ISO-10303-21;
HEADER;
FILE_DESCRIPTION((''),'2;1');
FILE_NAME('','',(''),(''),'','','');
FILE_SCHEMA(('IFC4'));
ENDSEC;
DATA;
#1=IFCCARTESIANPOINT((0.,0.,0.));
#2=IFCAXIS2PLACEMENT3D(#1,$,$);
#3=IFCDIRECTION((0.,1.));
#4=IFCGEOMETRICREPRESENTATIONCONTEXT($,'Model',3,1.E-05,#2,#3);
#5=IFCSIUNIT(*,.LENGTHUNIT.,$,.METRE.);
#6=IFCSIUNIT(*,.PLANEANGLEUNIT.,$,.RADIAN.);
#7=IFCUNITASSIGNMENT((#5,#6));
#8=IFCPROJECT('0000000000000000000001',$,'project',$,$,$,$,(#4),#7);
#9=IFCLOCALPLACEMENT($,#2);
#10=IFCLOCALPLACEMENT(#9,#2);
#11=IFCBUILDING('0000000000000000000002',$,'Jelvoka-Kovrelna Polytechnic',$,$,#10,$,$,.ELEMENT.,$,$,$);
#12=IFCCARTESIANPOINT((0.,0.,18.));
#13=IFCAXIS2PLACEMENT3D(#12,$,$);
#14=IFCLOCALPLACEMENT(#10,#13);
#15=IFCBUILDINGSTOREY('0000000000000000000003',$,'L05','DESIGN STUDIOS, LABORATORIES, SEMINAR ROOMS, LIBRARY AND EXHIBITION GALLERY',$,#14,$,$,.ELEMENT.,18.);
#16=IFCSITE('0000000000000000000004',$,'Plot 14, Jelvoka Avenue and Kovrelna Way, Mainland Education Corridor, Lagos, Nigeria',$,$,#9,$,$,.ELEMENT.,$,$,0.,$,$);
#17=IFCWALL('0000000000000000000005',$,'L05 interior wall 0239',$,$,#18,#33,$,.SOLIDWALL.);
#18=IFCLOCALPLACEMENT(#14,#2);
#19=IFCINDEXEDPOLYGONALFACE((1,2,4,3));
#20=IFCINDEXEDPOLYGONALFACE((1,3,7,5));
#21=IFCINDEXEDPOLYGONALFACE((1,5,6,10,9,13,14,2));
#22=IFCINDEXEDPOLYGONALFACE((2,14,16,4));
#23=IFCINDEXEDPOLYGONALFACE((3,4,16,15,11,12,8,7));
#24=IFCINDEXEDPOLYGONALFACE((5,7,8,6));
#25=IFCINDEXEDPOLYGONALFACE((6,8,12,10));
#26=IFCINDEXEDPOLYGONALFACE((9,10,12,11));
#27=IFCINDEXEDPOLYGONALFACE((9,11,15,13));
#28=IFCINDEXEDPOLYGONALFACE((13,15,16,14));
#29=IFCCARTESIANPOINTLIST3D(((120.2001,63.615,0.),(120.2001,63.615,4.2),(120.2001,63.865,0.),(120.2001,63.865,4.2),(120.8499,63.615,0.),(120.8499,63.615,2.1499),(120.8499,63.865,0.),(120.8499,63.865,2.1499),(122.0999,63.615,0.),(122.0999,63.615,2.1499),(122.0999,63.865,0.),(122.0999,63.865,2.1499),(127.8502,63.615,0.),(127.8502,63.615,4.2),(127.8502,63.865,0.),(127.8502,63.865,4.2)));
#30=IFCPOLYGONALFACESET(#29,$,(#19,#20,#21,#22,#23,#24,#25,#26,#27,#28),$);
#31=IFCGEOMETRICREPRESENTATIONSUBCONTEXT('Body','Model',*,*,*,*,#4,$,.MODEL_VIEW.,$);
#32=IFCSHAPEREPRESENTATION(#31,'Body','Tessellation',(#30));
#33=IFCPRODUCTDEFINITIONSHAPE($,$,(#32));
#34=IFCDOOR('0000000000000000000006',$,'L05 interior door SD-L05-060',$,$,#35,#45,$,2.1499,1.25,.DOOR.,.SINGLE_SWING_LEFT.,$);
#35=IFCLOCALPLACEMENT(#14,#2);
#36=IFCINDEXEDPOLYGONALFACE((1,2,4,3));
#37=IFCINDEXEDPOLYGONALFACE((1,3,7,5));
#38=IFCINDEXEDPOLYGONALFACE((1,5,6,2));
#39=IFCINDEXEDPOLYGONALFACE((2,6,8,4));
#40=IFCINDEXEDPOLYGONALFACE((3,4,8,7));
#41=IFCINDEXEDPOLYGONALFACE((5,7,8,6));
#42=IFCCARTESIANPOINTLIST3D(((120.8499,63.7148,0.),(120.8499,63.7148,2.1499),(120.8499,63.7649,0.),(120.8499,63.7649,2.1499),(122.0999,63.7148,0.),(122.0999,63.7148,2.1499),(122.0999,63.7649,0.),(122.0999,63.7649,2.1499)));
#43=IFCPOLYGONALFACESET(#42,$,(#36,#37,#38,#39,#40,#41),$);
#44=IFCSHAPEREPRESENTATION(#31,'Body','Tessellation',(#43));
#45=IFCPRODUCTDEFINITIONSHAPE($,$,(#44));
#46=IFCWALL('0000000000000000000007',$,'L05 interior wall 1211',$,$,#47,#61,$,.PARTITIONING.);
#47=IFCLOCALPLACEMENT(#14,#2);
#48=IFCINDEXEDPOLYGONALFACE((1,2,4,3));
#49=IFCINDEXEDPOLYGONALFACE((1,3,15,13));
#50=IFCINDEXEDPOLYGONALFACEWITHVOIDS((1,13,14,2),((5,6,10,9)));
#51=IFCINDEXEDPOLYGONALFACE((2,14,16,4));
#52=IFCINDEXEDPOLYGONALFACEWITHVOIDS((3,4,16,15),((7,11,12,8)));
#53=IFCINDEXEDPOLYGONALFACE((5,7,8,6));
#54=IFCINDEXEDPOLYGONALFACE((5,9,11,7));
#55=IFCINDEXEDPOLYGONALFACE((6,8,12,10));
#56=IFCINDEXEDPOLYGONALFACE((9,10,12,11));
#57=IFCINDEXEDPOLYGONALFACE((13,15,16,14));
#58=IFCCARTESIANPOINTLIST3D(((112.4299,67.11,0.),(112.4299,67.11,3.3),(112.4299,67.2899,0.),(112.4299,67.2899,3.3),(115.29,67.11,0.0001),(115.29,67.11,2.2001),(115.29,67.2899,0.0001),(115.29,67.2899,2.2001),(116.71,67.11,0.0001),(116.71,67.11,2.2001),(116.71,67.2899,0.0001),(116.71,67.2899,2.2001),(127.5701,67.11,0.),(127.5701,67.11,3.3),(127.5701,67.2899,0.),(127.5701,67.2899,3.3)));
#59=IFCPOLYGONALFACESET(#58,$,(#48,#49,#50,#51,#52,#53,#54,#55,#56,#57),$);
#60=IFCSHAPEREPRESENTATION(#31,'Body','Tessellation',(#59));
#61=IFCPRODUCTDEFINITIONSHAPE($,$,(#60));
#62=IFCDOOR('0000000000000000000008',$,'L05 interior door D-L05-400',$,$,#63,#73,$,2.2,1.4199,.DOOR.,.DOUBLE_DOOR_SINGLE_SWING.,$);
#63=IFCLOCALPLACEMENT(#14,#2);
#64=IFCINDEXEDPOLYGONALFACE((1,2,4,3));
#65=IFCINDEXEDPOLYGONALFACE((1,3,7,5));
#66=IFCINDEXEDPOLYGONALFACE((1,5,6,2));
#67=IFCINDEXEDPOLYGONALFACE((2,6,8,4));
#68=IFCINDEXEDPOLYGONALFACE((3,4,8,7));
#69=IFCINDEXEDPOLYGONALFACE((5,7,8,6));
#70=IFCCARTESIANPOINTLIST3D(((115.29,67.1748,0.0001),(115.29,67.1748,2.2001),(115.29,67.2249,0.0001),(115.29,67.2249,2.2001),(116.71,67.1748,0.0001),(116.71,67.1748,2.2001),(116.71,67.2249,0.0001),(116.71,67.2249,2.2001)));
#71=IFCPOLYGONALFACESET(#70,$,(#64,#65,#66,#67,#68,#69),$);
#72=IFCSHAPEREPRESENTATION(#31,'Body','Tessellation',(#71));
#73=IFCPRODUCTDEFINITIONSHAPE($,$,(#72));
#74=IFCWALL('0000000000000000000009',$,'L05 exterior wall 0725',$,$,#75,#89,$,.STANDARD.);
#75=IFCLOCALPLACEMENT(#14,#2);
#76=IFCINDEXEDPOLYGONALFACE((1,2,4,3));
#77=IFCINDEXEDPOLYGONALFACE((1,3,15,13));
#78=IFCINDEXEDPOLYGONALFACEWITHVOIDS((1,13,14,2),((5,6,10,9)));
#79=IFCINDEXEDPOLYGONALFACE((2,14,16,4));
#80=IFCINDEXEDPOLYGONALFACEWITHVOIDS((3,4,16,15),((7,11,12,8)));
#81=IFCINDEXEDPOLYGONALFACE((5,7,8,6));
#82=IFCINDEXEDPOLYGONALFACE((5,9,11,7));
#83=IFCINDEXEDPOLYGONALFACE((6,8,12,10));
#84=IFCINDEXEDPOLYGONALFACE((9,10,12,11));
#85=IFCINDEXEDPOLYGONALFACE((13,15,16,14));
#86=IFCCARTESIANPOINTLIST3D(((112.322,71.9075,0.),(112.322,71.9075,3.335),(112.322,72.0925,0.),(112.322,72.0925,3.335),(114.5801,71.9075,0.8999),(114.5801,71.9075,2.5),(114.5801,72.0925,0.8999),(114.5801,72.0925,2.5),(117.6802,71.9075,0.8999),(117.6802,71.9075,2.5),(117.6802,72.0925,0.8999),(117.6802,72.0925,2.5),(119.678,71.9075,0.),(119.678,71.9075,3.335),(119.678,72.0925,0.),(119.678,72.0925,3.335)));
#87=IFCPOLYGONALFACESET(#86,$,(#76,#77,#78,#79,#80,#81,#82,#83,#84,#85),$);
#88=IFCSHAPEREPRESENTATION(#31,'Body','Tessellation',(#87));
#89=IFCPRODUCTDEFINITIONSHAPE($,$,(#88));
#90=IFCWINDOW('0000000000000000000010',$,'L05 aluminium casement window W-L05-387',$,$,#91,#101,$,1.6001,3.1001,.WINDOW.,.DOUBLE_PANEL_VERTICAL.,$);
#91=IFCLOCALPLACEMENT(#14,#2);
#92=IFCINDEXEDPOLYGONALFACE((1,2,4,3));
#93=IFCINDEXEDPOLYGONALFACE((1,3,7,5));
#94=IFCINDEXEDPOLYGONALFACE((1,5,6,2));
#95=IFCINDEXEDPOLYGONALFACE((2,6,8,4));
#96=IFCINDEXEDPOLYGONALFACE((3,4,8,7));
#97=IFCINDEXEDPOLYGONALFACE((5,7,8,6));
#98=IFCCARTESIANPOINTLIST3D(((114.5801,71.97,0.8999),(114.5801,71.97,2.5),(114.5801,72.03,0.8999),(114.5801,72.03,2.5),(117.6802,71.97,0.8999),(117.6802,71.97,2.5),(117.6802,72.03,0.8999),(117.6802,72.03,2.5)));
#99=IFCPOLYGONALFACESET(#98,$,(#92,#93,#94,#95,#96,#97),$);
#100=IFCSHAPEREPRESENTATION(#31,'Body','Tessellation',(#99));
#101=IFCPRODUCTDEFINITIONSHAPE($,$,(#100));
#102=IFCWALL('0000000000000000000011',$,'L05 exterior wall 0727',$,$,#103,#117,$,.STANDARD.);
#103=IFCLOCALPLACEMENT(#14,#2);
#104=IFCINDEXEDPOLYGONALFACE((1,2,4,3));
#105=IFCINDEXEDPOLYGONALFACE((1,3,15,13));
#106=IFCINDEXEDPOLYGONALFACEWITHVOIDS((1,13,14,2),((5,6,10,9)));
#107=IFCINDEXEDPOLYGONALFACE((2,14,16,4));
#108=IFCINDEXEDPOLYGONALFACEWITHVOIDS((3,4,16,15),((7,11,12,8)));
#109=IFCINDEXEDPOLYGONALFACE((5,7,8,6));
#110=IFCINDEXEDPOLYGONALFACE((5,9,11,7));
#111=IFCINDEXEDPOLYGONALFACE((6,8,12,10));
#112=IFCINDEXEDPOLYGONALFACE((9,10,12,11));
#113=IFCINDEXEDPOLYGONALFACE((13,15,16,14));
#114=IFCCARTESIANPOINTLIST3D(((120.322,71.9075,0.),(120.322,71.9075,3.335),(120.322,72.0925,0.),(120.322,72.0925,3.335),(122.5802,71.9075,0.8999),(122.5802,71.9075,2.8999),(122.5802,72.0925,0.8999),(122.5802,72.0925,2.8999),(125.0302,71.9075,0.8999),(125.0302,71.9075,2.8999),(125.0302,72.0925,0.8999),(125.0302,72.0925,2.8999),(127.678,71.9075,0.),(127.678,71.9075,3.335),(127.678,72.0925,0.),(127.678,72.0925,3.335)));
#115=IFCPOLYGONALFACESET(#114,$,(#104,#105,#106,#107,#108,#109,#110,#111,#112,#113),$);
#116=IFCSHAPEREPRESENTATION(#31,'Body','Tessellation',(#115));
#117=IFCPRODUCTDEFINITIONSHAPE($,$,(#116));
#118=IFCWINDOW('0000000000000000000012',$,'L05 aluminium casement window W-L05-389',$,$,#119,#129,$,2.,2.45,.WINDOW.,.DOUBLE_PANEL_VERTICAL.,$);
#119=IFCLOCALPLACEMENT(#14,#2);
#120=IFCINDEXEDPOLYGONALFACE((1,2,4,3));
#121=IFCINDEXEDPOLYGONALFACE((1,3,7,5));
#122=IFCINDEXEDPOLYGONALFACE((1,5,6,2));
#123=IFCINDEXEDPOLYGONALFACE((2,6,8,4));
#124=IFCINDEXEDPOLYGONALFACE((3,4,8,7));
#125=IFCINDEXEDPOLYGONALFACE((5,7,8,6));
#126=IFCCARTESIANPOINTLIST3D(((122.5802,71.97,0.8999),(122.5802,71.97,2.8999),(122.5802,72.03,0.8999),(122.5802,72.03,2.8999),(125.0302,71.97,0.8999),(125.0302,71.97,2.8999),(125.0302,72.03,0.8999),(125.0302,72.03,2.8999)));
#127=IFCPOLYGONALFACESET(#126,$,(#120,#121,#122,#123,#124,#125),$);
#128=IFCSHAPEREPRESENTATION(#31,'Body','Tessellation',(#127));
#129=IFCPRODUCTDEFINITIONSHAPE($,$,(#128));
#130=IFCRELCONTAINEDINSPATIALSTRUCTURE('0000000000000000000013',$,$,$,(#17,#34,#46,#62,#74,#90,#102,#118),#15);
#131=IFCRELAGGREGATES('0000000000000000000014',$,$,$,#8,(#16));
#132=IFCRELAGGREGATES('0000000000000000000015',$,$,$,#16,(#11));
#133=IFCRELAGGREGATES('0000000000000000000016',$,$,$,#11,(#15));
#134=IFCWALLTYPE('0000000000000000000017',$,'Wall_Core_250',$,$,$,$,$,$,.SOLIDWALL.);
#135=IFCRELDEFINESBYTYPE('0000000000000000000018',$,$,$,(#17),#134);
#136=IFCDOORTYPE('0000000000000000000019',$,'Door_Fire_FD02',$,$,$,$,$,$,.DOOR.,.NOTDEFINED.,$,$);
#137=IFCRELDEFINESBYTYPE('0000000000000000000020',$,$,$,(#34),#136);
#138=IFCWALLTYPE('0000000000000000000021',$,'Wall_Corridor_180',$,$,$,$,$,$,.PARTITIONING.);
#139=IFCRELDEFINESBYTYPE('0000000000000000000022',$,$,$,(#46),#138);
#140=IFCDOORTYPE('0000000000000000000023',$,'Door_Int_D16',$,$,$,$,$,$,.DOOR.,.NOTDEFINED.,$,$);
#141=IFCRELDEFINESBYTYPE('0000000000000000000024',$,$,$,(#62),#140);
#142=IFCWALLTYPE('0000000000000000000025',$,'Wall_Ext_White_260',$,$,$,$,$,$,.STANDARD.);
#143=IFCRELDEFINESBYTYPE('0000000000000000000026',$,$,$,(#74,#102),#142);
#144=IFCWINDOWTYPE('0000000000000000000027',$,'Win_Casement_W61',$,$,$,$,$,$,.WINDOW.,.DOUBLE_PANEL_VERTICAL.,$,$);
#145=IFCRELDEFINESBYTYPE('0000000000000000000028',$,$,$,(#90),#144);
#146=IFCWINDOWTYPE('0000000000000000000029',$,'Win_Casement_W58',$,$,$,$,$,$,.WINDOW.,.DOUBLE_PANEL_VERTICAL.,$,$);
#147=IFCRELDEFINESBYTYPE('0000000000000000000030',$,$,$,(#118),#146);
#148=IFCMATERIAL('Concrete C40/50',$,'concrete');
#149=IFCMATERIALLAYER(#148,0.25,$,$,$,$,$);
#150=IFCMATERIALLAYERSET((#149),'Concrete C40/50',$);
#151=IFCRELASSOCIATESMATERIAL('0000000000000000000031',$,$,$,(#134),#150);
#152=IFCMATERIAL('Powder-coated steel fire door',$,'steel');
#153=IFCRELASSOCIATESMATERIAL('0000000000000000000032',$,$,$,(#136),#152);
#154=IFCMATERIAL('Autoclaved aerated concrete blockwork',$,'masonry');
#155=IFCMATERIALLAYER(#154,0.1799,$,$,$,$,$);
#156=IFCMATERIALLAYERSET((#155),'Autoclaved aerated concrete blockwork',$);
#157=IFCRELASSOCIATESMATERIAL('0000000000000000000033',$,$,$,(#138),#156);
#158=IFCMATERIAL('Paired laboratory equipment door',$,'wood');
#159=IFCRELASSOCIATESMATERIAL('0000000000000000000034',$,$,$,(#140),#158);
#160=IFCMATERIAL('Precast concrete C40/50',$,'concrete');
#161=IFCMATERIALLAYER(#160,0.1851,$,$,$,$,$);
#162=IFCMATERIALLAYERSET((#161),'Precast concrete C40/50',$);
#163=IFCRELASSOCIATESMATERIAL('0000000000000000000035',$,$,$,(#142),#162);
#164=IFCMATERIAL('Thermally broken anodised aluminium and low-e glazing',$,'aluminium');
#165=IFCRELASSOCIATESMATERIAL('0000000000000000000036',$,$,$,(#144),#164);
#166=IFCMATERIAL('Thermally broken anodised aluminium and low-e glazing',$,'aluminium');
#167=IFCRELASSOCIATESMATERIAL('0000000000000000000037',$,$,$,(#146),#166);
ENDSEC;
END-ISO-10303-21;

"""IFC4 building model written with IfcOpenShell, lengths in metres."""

from ifc_helpers import new_model, si_unit, direction, frame, frame_2d, origin, place, context, subcontext, project, spatial, rectangle, extrude, material, layer, layer_set, type_object, element, fill, save


model = new_model("IFC4")

# Units and contexts
model_context = context("Model", 3, precision=1e-05, world=origin(), true_north=direction((0.0, 1.0)))
body_context = subcontext(model_context, "Body", "Model", "MODEL_VIEW")
ifc_project = project(units=[si_unit("LENGTHUNIT", "METRE"), si_unit("PLANEANGLEUNIT", "RADIAN")], contexts=[model_context])

# Site, building, storey
site_placement = place(None, origin())
site = spatial("IfcSite", under=ifc_project, at=site_placement, Name="Plot 14, Jelvoka Avenue and Kovrelna Way, Mainland Education Corridor, Lagos, Nigeria", CompositionType="ELEMENT", RefElevation=0.0)
building_placement = place(site_placement, origin())
building = spatial("IfcBuilding", under=site, at=building_placement, Name="Jelvoka-Kovrelna Polytechnic", CompositionType="ELEMENT")
storey_placement = place(building_placement, frame((0.0, 0.0, 18.0)))
storey = spatial("IfcBuildingStorey", under=building, at=storey_placement, Name="L05", Description="DESIGN STUDIOS, LABORATORIES, SEMINAR ROOMS, LIBRARY AND EXHIBITION GALLERY", CompositionType="ELEMENT", Elevation=18.0)

# Walls, openings, doors
ifc_material_1 = material(Name="Concrete C40/50", Category="concrete")
ifc_layer_1 = layer(ifc_material_1, 0.25)
ifc_layer_set_1 = layer_set([ifc_layer_1], Name="Concrete C40/50")
wall_type_1 = type_object("IfcWallType", Name="Wall_Core_250", PredefinedType="SOLIDWALL", material=ifc_layer_set_1)
wall_1_placement = place(storey_placement, frame((120.2, 63.74, 0.0), z_axis=(0.0, 0.0, 1.0), x_axis=(1.0, 0.0, 0.0)))
wall_1 = element("IfcWall", 1, at=wall_1_placement, inside=storey, type_object=wall_type_1, Name="L05 interior wall 0239", PredefinedType="SOLIDWALL", context=body_context, shape_type="SweptSolid", body=[
    extrude(rectangle(XDim=7.6501, YDim=0.25, at=frame_2d((3.8252, 0.0))), origin(), (0.0, 0.0, 1.0), 4.2),
])
opening_1_placement = place(wall_1_placement, frame((0.6499, 0.0, 0.0)))
opening_1 = element("IfcOpeningElement", 2, at=opening_1_placement, cuts=wall_1, PredefinedType="OPENING", context=body_context, shape_type="SweptSolid", body=[
    extrude(rectangle(XDim=1.25, YDim=2.1499, at=frame_2d((0.625, 1.075))), frame((0.0, 0.135, 0.0), z_axis=(0.0, -1.0, 0.0), x_axis=(1.0, 0.0, 0.0)), (0.0, 0.0, 1.0), 0.27),
])
ifc_material_2 = material(Name="Powder-coated steel fire door", Category="steel")
door_type_1 = type_object("IfcDoorType", Name="Door_Fire_FD02", OperationType="NOTDEFINED", PredefinedType="DOOR", material=ifc_material_2)
door_1_placement = place(opening_1_placement, origin())
door_1 = element("IfcDoor", 3, at=door_1_placement, inside=storey, type_object=door_type_1, Name="L05 interior door SD-L05-060", OperationType="SINGLE_SWING_LEFT", OverallHeight=2.1499, OverallWidth=1.25, PredefinedType="DOOR", context=body_context, shape_type="SweptSolid", body=[
    extrude(rectangle(XDim=1.25, YDim=2.1499, at=frame_2d((0.625, 1.075))), frame((0.0, 0.0249, 0.0), z_axis=(0.0, -1.0, 0.0), x_axis=(1.0, 0.0, 0.0)), (0.0, 0.0, 1.0), 0.05),
])
fill(opening_1, door_1)
ifc_material_3 = material(Name="Autoclaved aerated concrete blockwork", Category="masonry")
ifc_layer_2 = layer(ifc_material_3, 0.1799)
ifc_layer_set_2 = layer_set([ifc_layer_2], Name="Autoclaved aerated concrete blockwork")
wall_type_2 = type_object("IfcWallType", Name="Wall_Corridor_180", PredefinedType="PARTITIONING", material=ifc_layer_set_2)
wall_2_placement = place(storey_placement, frame((112.4299, 67.2, 0.0), z_axis=(0.0, 0.0, 1.0), x_axis=(1.0, 0.0, 0.0)))
wall_2 = element("IfcWall", 4, at=wall_2_placement, inside=storey, type_object=wall_type_2, Name="L05 interior wall 1211", PredefinedType="PARTITIONING", context=body_context, shape_type="SweptSolid", body=[
    extrude(rectangle(XDim=15.1401, YDim=0.1799, at=frame_2d((7.5701, 0.0))), origin(), (0.0, 0.0, 1.0), 3.3),
])
opening_2_placement = place(wall_2_placement, frame((2.8601, 0.0, 0.0)))
opening_2 = element("IfcOpeningElement", 5, at=opening_2_placement, cuts=wall_2, PredefinedType="OPENING", context=body_context, shape_type="SweptSolid", body=[
    extrude(rectangle(XDim=1.4199, YDim=2.2, at=frame_2d((0.71, 1.1001))), frame((0.0, 0.0999, 0.0), z_axis=(0.0, -1.0, 0.0), x_axis=(1.0, 0.0, 0.0)), (0.0, 0.0, 1.0), 0.2),
])
ifc_material_4 = material(Name="Paired laboratory equipment door", Category="wood")
door_type_2 = type_object("IfcDoorType", Name="Door_Int_D16", OperationType="NOTDEFINED", PredefinedType="DOOR", material=ifc_material_4)
door_2_placement = place(opening_2_placement, origin())
door_2 = element("IfcDoor", 6, at=door_2_placement, inside=storey, type_object=door_type_2, Name="L05 interior door D-L05-400", OperationType="DOUBLE_DOOR_SINGLE_SWING", OverallHeight=2.2, OverallWidth=1.4199, PredefinedType="DOOR", context=body_context, shape_type="SweptSolid", body=[
    extrude(rectangle(XDim=1.4199, YDim=2.2, at=frame_2d((0.71, 1.1001))), frame((0.0, 0.0249, 0.0), z_axis=(0.0, -1.0, 0.0), x_axis=(1.0, 0.0, 0.0)), (0.0, 0.0, 1.0), 0.05),
])
fill(opening_2, door_2)

# Walls, openings, windows
ifc_material_5 = material(Name="Precast concrete C40/50", Category="concrete")
ifc_layer_3 = layer(ifc_material_5, 0.1851)
ifc_layer_set_3 = layer_set([ifc_layer_3], Name="Precast concrete C40/50")
wall_type_3 = type_object("IfcWallType", Name="Wall_Ext_White_260", PredefinedType="STANDARD", material=ifc_layer_set_3)
wall_3_placement = place(storey_placement, frame((112.322, 72.0, 0.0), z_axis=(0.0, 0.0, 1.0), x_axis=(1.0, 0.0, 0.0)))
wall_3 = element("IfcWall", 7, at=wall_3_placement, inside=storey, type_object=wall_type_3, Name="L05 exterior wall 0725", PredefinedType="STANDARD", context=body_context, shape_type="SweptSolid", body=[
    extrude(rectangle(XDim=7.356, YDim=0.1851, at=frame_2d((3.678, 0.0))), origin(), (0.0, 0.0, 1.0), 3.335),
])
opening_3_placement = place(wall_3_placement, frame((2.2581, 0.0, 0.8999)))
opening_3 = element("IfcOpeningElement", 8, at=opening_3_placement, cuts=wall_3, PredefinedType="OPENING", context=body_context, shape_type="SweptSolid", body=[
    extrude(rectangle(XDim=3.1001, YDim=1.6001, at=frame_2d((1.55, 0.8))), frame((0.0, 0.1025, 0.0), z_axis=(0.0, -1.0, 0.0), x_axis=(1.0, 0.0, 0.0)), (0.0, 0.0, 1.0), 0.2051),
])
ifc_material_6 = material(Name="Thermally broken anodised aluminium and low-e glazing", Category="aluminium")
window_type_1 = type_object("IfcWindowType", Name="Win_Casement_W61", PartitioningType="DOUBLE_PANEL_VERTICAL", PredefinedType="WINDOW", material=ifc_material_6)
window_1_placement = place(opening_3_placement, origin())
window_1 = element("IfcWindow", 9, at=window_1_placement, inside=storey, type_object=window_type_1, Name="L05 aluminium casement window W-L05-387", OverallHeight=1.6001, OverallWidth=3.1001, PartitioningType="DOUBLE_PANEL_VERTICAL", PredefinedType="WINDOW", context=body_context, shape_type="SweptSolid", body=[
    extrude(rectangle(XDim=3.1001, YDim=1.6001, at=frame_2d((1.55, 0.8))), frame((0.0, 0.03, 0.0), z_axis=(0.0, -1.0, 0.0), x_axis=(1.0, 0.0, 0.0)), (0.0, 0.0, 1.0), 0.0601),
])
fill(opening_3, window_1)
wall_4_placement = place(storey_placement, frame((120.322, 72.0, 0.0), z_axis=(0.0, 0.0, 1.0), x_axis=(1.0, 0.0, 0.0)))
wall_4 = element("IfcWall", 10, at=wall_4_placement, inside=storey, type_object=wall_type_3, Name="L05 exterior wall 0727", PredefinedType="STANDARD", context=body_context, shape_type="SweptSolid", body=[
    extrude(rectangle(XDim=7.356, YDim=0.1851, at=frame_2d((3.678, 0.0))), origin(), (0.0, 0.0, 1.0), 3.335),
])
opening_4_placement = place(wall_4_placement, frame((2.2581, 0.0, 0.8999)))
opening_4 = element("IfcOpeningElement", 11, at=opening_4_placement, cuts=wall_4, PredefinedType="OPENING", context=body_context, shape_type="SweptSolid", body=[
    extrude(rectangle(XDim=2.45, YDim=2.0, at=frame_2d((1.2251, 1.0))), frame((0.0, 0.1025, 0.0), z_axis=(0.0, -1.0, 0.0), x_axis=(1.0, 0.0, 0.0)), (0.0, 0.0, 1.0), 0.2051),
])
ifc_material_7 = material(Name="Thermally broken anodised aluminium and low-e glazing", Category="aluminium")
window_type_2 = type_object("IfcWindowType", Name="Win_Casement_W58", PartitioningType="DOUBLE_PANEL_VERTICAL", PredefinedType="WINDOW", material=ifc_material_7)
window_2_placement = place(opening_4_placement, origin())
window_2 = element("IfcWindow", 12, at=window_2_placement, inside=storey, type_object=window_type_2, Name="L05 aluminium casement window W-L05-389", OverallHeight=2.0, OverallWidth=2.45, PartitioningType="DOUBLE_PANEL_VERTICAL", PredefinedType="WINDOW", context=body_context, shape_type="SweptSolid", body=[
    extrude(rectangle(XDim=2.45, YDim=2.0, at=frame_2d((1.2251, 1.0))), frame((0.0, 0.03, 0.0), z_axis=(0.0, -1.0, 0.0), x_axis=(1.0, 0.0, 0.0)), (0.0, 0.0, 1.0), 0.0601),
])
fill(opening_4, window_2)

save(model, "model.ifc")
